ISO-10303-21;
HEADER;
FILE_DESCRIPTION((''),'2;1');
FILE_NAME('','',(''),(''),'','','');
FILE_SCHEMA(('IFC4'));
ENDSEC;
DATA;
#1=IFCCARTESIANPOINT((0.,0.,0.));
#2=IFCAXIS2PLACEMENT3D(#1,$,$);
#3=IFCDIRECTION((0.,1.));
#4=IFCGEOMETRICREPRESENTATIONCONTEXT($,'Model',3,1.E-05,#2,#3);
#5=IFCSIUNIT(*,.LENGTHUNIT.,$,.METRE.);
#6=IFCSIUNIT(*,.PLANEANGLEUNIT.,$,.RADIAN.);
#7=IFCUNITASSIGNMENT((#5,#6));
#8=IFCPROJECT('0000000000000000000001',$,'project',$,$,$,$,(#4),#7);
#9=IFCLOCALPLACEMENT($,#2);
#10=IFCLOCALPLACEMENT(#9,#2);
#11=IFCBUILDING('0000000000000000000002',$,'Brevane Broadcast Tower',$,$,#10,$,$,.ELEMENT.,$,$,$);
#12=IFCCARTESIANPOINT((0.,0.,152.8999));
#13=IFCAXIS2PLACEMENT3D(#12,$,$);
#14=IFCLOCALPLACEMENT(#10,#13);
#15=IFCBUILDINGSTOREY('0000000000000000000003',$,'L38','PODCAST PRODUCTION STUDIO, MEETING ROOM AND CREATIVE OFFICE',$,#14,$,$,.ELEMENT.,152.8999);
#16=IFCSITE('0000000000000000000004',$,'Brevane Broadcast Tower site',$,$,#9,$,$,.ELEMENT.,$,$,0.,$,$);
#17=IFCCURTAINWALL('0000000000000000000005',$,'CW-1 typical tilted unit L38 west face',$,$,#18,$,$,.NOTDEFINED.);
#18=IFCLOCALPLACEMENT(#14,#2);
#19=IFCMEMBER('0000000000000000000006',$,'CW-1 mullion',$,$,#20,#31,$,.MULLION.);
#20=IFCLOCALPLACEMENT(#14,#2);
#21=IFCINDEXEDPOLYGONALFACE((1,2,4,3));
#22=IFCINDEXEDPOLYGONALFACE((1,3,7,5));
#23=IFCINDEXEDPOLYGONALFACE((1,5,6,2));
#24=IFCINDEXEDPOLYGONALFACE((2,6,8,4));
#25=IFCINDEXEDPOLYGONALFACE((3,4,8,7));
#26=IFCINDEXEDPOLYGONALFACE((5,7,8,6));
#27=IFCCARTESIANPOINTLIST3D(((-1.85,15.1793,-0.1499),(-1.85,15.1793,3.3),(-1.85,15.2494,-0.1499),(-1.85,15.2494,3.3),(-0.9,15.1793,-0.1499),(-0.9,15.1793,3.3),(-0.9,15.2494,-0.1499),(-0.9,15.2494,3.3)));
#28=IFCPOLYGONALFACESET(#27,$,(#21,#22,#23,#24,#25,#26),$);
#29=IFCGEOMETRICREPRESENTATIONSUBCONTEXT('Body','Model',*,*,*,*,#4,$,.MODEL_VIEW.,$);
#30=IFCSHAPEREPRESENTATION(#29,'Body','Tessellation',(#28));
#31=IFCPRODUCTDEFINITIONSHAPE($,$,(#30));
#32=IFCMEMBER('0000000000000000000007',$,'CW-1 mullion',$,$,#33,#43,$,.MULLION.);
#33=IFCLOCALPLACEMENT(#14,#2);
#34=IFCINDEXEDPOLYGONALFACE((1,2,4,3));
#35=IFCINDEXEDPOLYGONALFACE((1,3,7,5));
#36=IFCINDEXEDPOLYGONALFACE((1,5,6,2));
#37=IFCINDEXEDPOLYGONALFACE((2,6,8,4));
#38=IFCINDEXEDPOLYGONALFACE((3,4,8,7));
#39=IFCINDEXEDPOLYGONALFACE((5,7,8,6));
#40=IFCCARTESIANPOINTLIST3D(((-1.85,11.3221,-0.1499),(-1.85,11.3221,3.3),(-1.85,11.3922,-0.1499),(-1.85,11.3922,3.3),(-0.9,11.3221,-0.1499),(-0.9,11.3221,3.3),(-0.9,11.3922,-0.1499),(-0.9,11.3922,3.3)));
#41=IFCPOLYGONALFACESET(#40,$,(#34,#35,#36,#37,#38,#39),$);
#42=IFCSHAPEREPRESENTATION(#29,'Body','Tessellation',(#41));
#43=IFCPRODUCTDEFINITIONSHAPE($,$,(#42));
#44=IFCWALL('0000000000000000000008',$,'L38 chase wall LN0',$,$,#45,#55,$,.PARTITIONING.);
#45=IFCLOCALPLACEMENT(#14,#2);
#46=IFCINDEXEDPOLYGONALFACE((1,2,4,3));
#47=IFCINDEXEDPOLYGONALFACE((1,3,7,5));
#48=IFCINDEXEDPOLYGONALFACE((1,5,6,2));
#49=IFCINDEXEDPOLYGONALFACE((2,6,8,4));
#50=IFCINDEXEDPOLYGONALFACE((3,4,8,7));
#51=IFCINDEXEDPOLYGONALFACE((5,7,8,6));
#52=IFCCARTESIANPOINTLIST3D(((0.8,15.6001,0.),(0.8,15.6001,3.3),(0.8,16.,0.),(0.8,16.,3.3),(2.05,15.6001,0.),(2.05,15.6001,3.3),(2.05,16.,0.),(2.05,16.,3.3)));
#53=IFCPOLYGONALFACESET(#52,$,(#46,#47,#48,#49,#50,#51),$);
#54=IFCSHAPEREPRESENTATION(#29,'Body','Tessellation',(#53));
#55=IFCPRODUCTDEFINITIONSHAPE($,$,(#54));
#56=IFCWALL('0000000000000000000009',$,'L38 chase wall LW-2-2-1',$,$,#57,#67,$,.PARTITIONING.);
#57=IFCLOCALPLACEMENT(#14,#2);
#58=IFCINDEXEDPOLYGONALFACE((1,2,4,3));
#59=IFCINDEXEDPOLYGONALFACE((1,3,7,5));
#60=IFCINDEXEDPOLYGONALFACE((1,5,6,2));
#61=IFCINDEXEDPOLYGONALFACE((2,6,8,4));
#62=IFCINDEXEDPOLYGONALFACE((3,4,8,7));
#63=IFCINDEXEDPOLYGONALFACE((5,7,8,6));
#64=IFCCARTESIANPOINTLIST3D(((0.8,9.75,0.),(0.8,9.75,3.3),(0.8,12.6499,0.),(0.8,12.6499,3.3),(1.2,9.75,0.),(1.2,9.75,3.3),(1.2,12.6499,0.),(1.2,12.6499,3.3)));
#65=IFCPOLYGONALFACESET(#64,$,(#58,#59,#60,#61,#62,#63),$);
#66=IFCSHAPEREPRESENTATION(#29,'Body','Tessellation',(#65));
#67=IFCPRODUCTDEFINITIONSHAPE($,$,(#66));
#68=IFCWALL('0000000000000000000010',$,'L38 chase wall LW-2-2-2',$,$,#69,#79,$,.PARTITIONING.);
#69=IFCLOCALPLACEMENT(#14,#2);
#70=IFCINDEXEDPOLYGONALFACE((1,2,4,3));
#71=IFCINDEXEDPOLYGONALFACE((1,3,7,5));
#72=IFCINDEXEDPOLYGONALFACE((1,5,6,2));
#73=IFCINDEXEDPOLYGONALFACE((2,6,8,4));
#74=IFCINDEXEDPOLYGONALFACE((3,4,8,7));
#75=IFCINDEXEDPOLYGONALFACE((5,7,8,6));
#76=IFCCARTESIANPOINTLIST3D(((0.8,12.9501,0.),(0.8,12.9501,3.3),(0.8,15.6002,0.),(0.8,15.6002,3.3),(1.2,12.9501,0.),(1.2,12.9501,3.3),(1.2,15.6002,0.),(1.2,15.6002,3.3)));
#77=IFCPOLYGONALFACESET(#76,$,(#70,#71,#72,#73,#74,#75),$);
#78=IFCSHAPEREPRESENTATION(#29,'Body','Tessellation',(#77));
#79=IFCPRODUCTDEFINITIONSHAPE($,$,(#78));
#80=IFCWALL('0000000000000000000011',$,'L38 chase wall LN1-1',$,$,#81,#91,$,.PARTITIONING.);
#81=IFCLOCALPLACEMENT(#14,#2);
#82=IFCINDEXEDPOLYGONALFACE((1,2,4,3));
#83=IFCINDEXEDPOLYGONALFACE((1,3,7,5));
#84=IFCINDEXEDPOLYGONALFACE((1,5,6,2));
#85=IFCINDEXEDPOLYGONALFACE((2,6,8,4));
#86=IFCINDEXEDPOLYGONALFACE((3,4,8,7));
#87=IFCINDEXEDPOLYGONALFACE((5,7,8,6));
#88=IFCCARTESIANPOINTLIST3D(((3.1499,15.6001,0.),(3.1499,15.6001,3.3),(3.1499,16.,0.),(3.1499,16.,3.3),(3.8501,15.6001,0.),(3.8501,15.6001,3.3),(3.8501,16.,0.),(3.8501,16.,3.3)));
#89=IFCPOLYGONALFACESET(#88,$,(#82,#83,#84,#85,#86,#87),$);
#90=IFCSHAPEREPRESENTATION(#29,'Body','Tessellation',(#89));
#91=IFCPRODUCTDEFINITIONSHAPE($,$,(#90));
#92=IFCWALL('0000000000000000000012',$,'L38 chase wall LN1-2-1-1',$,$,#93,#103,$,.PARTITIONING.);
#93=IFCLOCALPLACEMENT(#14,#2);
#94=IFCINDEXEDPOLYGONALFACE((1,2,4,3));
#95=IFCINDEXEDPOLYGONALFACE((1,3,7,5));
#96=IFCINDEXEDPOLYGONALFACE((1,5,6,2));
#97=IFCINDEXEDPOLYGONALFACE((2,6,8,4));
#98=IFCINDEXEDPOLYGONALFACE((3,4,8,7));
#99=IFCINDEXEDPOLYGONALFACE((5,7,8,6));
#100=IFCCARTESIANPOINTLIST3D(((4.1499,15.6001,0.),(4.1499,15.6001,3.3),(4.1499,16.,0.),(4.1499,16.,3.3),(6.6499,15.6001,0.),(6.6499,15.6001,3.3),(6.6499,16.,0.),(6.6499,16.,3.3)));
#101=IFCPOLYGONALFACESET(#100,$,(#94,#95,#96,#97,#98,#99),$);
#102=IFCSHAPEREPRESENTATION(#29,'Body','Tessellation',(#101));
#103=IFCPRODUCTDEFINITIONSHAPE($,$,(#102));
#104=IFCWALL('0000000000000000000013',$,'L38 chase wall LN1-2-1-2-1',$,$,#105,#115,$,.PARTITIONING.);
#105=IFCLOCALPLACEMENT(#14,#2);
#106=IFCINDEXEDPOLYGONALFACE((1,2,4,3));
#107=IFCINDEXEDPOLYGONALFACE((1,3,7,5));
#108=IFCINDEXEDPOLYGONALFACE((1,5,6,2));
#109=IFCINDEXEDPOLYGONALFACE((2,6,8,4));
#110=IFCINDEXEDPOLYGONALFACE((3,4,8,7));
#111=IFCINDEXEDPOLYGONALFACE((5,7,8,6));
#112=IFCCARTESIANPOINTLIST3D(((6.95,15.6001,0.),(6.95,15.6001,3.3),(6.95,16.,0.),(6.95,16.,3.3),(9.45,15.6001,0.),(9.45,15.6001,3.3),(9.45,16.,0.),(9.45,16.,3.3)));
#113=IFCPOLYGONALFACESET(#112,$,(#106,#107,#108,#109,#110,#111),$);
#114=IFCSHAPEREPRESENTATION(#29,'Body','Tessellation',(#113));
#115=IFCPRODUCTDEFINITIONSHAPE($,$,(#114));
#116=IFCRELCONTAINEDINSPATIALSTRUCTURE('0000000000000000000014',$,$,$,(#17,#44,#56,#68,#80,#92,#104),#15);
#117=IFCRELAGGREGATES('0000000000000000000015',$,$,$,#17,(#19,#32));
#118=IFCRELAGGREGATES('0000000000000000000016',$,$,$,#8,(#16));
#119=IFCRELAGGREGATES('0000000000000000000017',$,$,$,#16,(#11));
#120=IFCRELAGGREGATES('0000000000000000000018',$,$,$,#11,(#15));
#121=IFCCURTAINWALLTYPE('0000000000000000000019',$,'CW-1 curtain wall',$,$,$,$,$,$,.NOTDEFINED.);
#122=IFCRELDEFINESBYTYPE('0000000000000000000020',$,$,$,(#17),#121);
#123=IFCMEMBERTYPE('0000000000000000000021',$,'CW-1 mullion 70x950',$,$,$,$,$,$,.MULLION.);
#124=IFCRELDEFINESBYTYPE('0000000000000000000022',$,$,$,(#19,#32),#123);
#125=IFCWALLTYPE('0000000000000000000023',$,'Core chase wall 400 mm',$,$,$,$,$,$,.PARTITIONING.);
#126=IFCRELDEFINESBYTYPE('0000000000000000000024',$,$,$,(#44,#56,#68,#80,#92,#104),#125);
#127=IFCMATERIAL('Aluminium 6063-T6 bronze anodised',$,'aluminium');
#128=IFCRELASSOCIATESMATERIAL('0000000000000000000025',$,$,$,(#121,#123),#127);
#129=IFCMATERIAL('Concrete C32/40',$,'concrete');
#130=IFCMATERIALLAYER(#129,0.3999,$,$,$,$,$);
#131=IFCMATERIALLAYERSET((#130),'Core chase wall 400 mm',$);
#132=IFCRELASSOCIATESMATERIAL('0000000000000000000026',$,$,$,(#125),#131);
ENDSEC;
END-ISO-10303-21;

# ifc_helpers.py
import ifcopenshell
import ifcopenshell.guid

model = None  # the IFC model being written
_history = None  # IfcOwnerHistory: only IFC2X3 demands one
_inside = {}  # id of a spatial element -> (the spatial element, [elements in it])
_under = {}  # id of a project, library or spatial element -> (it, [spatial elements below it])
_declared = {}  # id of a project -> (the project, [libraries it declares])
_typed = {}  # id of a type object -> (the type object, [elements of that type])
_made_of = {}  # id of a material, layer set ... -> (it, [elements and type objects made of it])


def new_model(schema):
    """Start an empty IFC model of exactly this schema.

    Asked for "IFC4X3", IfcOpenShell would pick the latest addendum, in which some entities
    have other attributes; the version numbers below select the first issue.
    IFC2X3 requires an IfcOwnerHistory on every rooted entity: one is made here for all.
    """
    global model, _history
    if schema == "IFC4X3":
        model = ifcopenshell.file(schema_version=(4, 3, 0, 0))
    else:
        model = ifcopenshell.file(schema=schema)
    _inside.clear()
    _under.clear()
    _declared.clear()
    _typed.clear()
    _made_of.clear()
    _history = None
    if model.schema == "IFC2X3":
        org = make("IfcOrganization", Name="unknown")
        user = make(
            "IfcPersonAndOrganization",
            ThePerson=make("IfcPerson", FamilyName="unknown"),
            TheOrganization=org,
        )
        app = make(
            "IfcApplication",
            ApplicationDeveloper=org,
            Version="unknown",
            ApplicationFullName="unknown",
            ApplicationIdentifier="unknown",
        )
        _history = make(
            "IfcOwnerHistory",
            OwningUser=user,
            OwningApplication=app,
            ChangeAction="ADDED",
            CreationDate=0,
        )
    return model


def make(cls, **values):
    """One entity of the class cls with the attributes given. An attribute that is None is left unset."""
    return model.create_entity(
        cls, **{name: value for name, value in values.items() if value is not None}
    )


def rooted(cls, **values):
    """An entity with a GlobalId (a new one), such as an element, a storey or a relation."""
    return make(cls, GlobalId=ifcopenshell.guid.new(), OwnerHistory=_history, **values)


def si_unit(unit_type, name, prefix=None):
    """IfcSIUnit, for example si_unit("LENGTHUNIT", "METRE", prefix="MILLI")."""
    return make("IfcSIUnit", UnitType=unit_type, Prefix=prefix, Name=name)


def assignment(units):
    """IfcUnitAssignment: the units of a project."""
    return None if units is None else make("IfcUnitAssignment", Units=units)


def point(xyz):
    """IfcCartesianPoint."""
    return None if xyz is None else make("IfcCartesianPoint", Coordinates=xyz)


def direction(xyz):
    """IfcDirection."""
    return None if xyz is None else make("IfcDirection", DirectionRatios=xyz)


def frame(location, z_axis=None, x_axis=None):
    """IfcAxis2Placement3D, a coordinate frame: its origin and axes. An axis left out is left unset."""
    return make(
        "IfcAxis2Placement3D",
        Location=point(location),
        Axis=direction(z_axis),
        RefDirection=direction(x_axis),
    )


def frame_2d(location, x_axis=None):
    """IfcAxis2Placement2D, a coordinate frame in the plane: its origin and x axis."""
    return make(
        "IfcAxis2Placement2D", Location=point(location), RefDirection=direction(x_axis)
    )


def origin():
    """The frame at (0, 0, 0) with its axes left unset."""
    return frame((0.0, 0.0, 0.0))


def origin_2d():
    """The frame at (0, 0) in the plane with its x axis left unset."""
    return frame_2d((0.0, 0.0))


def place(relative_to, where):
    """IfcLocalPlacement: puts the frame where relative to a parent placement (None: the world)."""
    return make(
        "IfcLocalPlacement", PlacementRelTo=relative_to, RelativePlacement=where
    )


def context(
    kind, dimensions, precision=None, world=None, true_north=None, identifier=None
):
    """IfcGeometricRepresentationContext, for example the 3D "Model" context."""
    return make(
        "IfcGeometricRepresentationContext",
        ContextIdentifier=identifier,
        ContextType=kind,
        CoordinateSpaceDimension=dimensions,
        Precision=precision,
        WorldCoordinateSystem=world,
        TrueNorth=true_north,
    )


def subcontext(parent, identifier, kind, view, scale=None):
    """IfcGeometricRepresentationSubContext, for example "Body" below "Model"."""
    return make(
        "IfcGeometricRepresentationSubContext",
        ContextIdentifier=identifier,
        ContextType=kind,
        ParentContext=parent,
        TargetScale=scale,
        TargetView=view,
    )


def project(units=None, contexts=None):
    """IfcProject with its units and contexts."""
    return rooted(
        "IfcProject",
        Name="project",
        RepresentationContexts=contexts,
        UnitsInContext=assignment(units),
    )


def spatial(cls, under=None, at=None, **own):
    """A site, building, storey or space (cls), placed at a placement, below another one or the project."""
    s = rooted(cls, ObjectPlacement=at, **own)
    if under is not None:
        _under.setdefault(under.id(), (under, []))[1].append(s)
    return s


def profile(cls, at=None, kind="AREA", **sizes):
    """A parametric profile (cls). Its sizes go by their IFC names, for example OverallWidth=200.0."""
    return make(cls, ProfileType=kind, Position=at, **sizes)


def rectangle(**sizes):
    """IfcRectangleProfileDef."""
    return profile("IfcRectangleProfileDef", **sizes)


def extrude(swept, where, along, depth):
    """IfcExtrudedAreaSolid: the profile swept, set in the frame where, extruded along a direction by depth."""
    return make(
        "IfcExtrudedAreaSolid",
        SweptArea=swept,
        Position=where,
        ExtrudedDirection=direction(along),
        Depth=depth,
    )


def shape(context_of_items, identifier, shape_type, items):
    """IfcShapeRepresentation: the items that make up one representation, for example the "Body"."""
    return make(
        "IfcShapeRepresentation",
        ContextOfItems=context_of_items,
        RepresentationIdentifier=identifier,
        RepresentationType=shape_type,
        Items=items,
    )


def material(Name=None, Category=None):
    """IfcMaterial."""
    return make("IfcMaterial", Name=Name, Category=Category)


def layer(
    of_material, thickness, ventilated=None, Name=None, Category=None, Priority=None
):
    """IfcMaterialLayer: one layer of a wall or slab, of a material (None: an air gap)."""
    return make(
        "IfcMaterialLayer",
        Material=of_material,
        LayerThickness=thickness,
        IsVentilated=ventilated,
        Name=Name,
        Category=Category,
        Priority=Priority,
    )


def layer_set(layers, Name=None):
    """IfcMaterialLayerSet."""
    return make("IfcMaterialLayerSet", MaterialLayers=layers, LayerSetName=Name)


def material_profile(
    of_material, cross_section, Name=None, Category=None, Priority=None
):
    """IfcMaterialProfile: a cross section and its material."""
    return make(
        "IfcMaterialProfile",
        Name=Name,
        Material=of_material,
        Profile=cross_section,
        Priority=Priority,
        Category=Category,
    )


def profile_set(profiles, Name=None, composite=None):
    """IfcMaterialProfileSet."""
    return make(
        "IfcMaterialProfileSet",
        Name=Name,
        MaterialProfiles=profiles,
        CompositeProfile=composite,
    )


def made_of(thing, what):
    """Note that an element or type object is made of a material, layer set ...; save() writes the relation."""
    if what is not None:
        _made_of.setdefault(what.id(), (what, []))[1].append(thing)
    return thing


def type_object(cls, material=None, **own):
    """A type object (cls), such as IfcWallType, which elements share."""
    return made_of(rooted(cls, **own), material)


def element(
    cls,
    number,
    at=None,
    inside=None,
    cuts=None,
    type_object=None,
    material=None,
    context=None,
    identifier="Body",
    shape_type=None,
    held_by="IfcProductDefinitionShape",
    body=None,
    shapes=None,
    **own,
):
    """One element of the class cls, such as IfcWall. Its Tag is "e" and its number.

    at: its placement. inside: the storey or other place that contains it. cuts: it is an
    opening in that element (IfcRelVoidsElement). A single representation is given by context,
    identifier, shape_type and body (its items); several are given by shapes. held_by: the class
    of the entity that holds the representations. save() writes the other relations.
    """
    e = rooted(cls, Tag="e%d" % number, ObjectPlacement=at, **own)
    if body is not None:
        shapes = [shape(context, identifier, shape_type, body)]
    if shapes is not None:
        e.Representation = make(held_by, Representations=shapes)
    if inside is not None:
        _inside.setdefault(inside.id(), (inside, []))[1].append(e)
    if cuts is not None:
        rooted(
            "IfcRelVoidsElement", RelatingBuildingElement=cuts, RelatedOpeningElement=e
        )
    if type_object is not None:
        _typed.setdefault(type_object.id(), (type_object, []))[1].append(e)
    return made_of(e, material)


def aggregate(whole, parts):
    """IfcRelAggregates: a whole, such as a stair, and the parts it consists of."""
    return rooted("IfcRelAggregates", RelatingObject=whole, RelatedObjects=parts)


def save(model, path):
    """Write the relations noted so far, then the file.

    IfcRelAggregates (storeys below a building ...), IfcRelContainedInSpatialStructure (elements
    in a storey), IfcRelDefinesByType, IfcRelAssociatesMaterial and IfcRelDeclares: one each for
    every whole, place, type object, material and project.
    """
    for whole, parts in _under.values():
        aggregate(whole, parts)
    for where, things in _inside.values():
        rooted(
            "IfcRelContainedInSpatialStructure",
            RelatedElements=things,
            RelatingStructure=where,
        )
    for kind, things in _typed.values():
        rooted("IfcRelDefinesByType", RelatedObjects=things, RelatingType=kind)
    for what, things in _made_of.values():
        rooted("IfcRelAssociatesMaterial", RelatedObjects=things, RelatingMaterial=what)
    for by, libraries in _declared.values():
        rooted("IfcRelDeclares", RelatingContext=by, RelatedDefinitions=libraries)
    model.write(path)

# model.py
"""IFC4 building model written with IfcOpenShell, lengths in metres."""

from ifc_helpers import new_model, si_unit, direction, frame, frame_2d, origin, origin_2d, place, context, subcontext, project, spatial, rectangle, extrude, material, layer, layer_set, material_profile, profile_set, type_object, element, aggregate, save


model = new_model("IFC4")

# Units and contexts
model_context = context("Model", 3, precision=1e-05, world=origin(), true_north=direction((0.0, 1.0)))
body_context = subcontext(model_context, "Body", "Model", "MODEL_VIEW")
ifc_project = project(units=[si_unit("LENGTHUNIT", "METRE"), si_unit("PLANEANGLEUNIT", "RADIAN")], contexts=[model_context])

# Site, building, storey
site_placement = place(None, origin())
site = spatial("IfcSite", under=ifc_project, at=site_placement, Name="Brevane Broadcast Tower site", CompositionType="ELEMENT", RefElevation=0.0)
building_placement = place(site_placement, origin())
building = spatial("IfcBuilding", under=site, at=building_placement, Name="Brevane Broadcast Tower", CompositionType="ELEMENT")
storey_placement = place(building_placement, frame((0.0, 0.0, 152.8999)))
storey = spatial("IfcBuildingStorey", under=building, at=storey_placement, Name="L38", Description="PODCAST PRODUCTION STUDIO, MEETING ROOM AND CREATIVE OFFICE", CompositionType="ELEMENT", Elevation=152.8999)

# Curtain wall, members
ifc_material_1 = material(Name="Aluminium 6063-T6 bronze anodised", Category="aluminium")
curtain_wall_type = type_object("IfcCurtainWallType", Name="CW-1 curtain wall", PredefinedType="NOTDEFINED", material=ifc_material_1)
curtain_wall_placement = place(storey_placement, origin())
curtain_wall = element("IfcCurtainWall", 1, at=curtain_wall_placement, inside=storey, type_object=curtain_wall_type, Name="CW-1 typical tilted unit L38 west face", PredefinedType="NOTDEFINED")
ifc_material_profile = material_profile(ifc_material_1, rectangle(XDim=0.95, YDim=0.0701, at=origin_2d()), Name="RECT 70x950")
ifc_profile_set = profile_set([ifc_material_profile], Name="Aluminium 6063-T6 bronze anodised")
member_type = type_object("IfcMemberType", Name="CW-1 mullion 70x950", PredefinedType="MULLION", material=ifc_profile_set)
member_1_placement = place(storey_placement, frame((-1.375, 15.2144, -0.1499), z_axis=(0.0, 0.0, 1.0), x_axis=(1.0, 0.0, 0.0)))
member_1 = element("IfcMember", 2, at=member_1_placement, type_object=member_type, Name="CW-1 mullion", PredefinedType="MULLION", context=body_context, shape_type="SweptSolid", body=[
    extrude(rectangle(XDim=0.95, YDim=0.0701, at=origin_2d()), origin(), (0.0, 0.0, 1.0), 3.45),
])
member_2_placement = place(storey_placement, frame((-1.375, 11.3572, -0.1499), z_axis=(0.0, 0.0, 1.0), x_axis=(1.0, 0.0, 0.0)))
member_2 = element("IfcMember", 3, at=member_2_placement, type_object=member_type, Name="CW-1 mullion", PredefinedType="MULLION", context=body_context, shape_type="SweptSolid", body=[
    extrude(rectangle(XDim=0.95, YDim=0.0701, at=origin_2d()), origin(), (0.0, 0.0, 1.0), 3.45),
])
aggregate(curtain_wall, [member_1, member_2])

# Walls
ifc_material_2 = material(Name="Concrete C32/40", Category="concrete")
ifc_layer_1 = layer(ifc_material_2, 0.3999)
ifc_layer_set_1 = layer_set([ifc_layer_1], Name="Core chase wall 400 mm")
wall_type_1 = type_object("IfcWallType", Name="Core chase wall 400 mm", PredefinedType="PARTITIONING", material=ifc_layer_set_1)
wall_1_placement = place(storey_placement, frame((0.8, 15.8, 0.0), z_axis=(0.0, 0.0, 1.0), x_axis=(1.0, 0.0, 0.0)))
element("IfcWall", 4, at=wall_1_placement, inside=storey, type_object=wall_type_1, Name="L38 chase wall LN0", PredefinedType="PARTITIONING", context=body_context, shape_type="SweptSolid", body=[
    extrude(rectangle(XDim=1.25, YDim=0.3999, at=frame_2d((0.625, 0.0))), origin(), (0.0, 0.0, 1.0), 3.3),
])
wall_2_placement = place(storey_placement, frame((1.0, 9.75, 0.0), z_axis=(0.0, 0.0, 1.0), x_axis=(0.0, 1.0, 0.0)))
element("IfcWall", 5, at=wall_2_placement, inside=storey, type_object=wall_type_1, Name="L38 chase wall LW-2-2-1", PredefinedType="PARTITIONING", context=body_context, shape_type="SweptSolid", body=[
    extrude(rectangle(XDim=2.8999, YDim=0.3999, at=frame_2d((1.45, 0.0))), origin(), (0.0, 0.0, 1.0), 3.3),
])
wall_3_placement = place(storey_placement, frame((1.0, 12.95, 0.0), z_axis=(0.0, 0.0, 1.0), x_axis=(0.0, 1.0, 0.0)))
element("IfcWall", 6, at=wall_3_placement, inside=storey, type_object=wall_type_1, Name="L38 chase wall LW-2-2-2", PredefinedType="PARTITIONING", context=body_context, shape_type="SweptSolid", body=[
    extrude(rectangle(XDim=2.6501, YDim=0.3999, at=frame_2d((1.3252, 0.0))), origin(), (0.0, 0.0, 1.0), 3.3),
])
wall_4_placement = place(storey_placement, frame((3.1499, 15.8, 0.0), z_axis=(0.0, 0.0, 1.0), x_axis=(1.0, 0.0, 0.0)))
element("IfcWall", 7, at=wall_4_placement, inside=storey, type_object=wall_type_1, Name="L38 chase wall LN1-1", PredefinedType="PARTITIONING", context=body_context, shape_type="SweptSolid", body=[
    extrude(rectangle(XDim=0.7002, YDim=0.3999, at=frame_2d((0.3501, 0.0))), origin(), (0.0, 0.0, 1.0), 3.3),
])
for number, where, z_axis, x_axis, name in (
    (8, (4.1499, 15.8, 0.0), (0.0, 0.0, 1.0), (1.0, 0.0, 0.0), "L38 chase wall LN1-2-1-1"),
    (9, (6.95, 15.8, 0.0), (0.0, 0.0, 1.0), (1.0, 0.0, 0.0), "L38 chase wall LN1-2-1-2-1"),
):
    element("IfcWall", number, at=place(storey_placement, frame(where, z_axis=z_axis, x_axis=x_axis)), inside=storey, type_object=wall_type_1, Name=name, PredefinedType="PARTITIONING", context=body_context, shape_type="SweptSolid", body=[
        extrude(rectangle(XDim=2.5, YDim=0.3999, at=frame_2d((1.25, 0.0))), origin(), (0.0, 0.0, 1.0), 3.3),
    ])

save(model, "model.ifc")
